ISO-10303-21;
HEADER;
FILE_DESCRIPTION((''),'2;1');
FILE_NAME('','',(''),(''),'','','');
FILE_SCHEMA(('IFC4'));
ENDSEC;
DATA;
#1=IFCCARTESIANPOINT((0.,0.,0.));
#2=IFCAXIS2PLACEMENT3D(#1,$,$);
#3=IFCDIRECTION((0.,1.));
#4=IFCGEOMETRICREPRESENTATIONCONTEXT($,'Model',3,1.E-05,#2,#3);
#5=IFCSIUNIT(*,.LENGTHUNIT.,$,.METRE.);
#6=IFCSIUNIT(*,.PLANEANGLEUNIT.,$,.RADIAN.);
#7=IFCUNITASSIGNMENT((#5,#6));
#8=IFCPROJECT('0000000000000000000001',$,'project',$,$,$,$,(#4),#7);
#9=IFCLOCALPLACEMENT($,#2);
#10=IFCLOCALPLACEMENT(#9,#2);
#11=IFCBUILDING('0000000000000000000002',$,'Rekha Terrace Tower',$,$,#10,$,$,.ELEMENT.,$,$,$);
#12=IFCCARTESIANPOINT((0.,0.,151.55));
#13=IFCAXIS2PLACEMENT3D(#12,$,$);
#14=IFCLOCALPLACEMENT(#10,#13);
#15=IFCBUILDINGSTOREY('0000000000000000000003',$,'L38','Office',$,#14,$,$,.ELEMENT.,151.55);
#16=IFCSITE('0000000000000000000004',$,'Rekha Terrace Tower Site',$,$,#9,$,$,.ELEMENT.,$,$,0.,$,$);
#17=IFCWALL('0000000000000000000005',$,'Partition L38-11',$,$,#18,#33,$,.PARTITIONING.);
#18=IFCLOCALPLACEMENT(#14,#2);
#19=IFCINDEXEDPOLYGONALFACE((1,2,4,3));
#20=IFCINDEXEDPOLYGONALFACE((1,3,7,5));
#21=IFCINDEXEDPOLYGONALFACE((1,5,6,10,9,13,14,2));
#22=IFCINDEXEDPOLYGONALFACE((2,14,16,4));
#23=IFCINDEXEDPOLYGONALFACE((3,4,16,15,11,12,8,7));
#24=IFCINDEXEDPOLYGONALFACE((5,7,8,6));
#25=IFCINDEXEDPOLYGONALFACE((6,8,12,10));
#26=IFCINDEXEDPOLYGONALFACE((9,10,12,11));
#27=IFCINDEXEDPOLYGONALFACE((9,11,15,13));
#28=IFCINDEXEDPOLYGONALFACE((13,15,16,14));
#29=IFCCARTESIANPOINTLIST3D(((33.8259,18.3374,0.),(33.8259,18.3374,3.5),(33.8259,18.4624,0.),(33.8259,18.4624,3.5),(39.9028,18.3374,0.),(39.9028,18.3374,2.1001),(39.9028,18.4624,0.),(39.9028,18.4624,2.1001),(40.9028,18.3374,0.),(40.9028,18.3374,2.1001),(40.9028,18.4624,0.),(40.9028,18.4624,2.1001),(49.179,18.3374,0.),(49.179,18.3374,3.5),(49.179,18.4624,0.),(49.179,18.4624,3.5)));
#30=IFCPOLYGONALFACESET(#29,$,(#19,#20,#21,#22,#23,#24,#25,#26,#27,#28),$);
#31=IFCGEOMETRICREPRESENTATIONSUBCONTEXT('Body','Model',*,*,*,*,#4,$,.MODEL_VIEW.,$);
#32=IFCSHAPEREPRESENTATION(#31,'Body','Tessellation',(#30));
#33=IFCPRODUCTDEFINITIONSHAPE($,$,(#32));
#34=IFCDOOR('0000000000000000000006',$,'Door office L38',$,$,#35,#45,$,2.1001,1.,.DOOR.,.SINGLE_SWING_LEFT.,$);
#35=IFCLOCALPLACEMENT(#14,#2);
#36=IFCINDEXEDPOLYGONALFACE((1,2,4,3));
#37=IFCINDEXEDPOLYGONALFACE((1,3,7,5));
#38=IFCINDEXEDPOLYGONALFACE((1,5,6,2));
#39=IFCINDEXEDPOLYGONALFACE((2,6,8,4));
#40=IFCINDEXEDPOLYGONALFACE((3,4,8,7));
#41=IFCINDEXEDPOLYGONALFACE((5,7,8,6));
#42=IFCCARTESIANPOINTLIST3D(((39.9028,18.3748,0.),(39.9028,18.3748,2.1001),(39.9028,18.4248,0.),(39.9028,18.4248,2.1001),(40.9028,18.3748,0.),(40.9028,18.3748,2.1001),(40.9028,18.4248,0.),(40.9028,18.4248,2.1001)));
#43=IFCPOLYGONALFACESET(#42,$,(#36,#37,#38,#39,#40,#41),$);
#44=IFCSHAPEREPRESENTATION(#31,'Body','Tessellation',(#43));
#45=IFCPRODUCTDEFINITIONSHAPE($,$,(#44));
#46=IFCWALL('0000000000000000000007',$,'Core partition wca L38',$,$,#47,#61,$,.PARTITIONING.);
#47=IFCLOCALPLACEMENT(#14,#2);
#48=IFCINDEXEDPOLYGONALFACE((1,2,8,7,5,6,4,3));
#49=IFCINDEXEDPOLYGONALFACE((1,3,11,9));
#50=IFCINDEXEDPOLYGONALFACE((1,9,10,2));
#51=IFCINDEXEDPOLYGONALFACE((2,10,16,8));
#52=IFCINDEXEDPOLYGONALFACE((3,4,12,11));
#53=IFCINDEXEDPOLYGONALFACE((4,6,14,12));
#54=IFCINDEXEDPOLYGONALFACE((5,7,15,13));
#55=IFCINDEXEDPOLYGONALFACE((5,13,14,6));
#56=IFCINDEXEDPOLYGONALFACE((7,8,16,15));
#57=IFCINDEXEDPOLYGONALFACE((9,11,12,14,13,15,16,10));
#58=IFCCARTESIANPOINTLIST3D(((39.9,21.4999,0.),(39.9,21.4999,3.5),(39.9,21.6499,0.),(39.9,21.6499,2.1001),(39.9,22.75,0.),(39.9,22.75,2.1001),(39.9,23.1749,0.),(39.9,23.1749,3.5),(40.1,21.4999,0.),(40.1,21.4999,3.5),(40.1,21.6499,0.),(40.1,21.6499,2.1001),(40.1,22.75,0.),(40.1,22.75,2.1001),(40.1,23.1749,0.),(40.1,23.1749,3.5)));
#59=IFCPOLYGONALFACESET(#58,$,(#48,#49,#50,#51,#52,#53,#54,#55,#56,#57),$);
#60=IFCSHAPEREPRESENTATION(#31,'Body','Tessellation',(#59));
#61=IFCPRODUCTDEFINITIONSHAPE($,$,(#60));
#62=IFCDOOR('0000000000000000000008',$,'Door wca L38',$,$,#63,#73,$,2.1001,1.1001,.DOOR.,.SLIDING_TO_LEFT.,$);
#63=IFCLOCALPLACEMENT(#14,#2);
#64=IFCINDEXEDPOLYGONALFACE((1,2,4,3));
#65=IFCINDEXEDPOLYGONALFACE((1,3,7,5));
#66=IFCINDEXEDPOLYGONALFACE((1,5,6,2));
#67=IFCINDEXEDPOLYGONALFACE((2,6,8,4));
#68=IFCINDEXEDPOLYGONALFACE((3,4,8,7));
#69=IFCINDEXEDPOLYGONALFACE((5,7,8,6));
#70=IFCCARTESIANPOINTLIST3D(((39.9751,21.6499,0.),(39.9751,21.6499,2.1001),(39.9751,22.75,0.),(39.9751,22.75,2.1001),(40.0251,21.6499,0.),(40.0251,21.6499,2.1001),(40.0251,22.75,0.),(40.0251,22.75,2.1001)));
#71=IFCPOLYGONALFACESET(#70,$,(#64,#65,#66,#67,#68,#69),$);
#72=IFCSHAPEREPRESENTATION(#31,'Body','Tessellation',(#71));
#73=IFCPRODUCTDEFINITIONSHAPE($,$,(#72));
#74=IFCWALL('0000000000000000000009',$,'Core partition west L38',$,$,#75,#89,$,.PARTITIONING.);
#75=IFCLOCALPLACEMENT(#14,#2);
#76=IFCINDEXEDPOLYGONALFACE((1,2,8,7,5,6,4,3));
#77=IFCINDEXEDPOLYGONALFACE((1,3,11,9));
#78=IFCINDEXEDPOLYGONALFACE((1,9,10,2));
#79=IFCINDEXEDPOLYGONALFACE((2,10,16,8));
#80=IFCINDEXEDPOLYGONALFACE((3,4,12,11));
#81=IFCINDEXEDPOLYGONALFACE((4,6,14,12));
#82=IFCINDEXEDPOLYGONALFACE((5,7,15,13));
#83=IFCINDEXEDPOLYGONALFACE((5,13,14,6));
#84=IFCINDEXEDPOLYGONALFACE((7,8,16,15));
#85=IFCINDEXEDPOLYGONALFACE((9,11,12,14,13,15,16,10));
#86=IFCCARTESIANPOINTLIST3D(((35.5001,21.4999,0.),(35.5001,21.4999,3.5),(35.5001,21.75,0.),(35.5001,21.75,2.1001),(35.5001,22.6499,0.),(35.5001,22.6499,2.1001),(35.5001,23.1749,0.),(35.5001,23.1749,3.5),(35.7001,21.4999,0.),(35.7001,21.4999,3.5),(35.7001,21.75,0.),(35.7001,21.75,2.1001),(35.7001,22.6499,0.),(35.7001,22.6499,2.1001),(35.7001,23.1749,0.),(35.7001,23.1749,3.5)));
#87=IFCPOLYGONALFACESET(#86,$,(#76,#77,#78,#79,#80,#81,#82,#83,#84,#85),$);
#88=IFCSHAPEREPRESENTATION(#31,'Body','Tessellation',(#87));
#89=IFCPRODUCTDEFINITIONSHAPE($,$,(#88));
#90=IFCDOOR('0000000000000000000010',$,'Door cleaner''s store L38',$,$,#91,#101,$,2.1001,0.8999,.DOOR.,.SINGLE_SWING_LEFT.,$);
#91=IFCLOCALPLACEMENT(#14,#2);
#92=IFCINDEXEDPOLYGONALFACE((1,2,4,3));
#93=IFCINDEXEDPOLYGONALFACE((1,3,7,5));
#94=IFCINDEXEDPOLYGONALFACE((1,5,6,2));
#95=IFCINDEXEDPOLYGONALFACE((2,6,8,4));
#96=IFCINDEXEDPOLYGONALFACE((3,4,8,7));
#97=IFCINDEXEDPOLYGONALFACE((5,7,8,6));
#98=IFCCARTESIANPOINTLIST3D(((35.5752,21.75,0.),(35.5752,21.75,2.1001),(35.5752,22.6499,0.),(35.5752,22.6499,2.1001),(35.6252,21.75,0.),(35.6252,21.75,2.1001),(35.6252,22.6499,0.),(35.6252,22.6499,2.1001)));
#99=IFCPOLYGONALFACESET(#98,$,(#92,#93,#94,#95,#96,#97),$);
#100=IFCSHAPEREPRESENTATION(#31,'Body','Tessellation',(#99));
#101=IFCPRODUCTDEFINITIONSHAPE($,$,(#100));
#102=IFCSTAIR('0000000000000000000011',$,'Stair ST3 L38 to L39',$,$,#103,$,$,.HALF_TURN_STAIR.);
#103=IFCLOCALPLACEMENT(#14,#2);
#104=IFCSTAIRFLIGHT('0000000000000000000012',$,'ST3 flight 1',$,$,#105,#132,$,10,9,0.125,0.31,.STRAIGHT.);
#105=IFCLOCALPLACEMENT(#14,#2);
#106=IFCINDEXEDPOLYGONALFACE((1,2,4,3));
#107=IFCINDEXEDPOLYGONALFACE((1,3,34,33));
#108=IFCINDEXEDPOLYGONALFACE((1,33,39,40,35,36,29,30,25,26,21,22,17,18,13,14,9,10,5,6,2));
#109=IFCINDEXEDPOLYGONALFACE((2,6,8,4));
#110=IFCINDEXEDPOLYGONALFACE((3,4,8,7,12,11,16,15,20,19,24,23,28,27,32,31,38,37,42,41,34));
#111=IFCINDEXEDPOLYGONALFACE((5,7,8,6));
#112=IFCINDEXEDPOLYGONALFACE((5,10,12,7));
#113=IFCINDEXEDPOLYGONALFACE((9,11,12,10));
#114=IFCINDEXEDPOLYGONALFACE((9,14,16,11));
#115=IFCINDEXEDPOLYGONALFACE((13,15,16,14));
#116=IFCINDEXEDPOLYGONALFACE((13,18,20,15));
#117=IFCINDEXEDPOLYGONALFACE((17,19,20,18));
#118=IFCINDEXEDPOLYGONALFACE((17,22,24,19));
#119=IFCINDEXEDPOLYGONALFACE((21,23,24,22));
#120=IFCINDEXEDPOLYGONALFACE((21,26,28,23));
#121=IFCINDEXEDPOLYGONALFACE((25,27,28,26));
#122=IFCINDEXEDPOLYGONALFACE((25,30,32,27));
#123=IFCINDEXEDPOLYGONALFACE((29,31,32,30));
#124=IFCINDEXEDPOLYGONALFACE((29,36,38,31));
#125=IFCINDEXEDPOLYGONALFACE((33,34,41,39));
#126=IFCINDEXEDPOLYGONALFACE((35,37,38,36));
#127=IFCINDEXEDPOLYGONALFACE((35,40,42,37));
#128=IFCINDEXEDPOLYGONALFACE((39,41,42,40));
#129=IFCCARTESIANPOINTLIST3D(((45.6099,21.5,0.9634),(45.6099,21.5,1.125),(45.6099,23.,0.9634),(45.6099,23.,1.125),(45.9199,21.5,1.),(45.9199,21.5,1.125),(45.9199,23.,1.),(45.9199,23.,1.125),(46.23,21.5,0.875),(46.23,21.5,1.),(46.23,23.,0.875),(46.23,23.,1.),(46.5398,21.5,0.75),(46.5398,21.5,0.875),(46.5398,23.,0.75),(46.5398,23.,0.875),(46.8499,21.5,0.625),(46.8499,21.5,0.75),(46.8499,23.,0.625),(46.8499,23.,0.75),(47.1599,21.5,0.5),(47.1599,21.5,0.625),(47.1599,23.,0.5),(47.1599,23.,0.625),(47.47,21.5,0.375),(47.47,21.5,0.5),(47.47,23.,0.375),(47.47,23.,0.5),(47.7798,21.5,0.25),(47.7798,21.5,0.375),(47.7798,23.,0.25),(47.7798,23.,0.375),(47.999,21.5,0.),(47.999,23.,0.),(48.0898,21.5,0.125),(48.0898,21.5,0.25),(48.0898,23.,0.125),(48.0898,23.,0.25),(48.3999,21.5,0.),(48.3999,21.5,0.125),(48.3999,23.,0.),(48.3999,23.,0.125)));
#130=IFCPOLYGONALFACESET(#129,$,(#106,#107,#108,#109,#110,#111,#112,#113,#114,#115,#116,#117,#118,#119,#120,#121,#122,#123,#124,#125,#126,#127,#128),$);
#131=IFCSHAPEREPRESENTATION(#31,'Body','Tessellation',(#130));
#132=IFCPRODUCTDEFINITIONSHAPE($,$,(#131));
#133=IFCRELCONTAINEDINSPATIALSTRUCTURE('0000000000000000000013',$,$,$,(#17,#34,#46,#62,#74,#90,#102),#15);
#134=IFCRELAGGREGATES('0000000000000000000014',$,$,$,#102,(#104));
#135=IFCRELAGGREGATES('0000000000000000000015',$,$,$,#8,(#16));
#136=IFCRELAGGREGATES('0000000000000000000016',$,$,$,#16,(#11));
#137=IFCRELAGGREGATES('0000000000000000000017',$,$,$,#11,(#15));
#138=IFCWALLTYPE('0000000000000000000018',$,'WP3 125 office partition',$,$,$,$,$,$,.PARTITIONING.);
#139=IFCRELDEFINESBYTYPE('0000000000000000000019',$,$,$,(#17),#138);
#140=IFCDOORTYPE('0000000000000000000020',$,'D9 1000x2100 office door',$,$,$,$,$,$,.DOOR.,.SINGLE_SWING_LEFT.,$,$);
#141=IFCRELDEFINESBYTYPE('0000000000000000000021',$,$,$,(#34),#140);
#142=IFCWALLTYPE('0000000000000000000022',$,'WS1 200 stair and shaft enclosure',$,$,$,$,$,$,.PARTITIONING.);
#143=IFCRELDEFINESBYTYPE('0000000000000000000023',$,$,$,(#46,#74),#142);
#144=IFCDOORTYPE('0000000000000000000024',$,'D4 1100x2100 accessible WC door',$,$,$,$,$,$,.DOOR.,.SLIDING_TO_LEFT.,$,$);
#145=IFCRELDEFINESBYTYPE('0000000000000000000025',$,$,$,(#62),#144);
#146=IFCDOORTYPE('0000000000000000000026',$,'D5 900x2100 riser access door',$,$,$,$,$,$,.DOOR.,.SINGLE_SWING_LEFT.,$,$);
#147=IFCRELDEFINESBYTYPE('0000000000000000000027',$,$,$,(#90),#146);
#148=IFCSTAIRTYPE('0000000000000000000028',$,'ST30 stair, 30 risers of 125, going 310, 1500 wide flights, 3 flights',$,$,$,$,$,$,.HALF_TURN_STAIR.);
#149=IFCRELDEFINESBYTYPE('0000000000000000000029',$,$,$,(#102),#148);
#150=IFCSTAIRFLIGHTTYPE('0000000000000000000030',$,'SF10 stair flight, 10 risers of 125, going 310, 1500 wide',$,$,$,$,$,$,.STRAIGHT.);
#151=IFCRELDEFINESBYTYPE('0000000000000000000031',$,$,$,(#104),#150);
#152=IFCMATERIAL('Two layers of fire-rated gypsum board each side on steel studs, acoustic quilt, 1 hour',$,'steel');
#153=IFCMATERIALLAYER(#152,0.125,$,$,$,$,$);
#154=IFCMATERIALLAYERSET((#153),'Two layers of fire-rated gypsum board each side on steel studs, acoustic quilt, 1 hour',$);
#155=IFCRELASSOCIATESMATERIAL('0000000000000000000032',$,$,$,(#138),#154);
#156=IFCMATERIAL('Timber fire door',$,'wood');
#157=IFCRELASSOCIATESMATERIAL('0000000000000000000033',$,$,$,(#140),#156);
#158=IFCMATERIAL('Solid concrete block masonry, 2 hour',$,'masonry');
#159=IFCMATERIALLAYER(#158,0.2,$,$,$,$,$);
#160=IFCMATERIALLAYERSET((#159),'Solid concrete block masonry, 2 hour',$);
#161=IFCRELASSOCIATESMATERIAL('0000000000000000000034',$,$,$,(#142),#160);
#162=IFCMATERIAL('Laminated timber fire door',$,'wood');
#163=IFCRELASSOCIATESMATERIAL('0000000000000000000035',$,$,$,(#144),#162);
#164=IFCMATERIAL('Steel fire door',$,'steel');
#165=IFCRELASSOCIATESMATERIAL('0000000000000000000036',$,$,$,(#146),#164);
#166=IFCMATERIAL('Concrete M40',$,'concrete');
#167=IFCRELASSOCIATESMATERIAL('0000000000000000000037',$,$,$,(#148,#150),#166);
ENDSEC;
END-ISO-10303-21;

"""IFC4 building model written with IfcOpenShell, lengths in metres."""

from ifc_helpers import new_model, si_unit, direction, frame, frame_2d, origin, place, context, subcontext, project, spatial, polyline, rectangle, outline, extrude, material, layer, layer_set, type_object, element, fill, aggregate, save


model = new_model("IFC4")

# Units and contexts
model_context = context("Model", 3, precision=1e-05, world=origin(), true_north=direction((0.0, 1.0)))
body_context = subcontext(model_context, "Body", "Model", "MODEL_VIEW")
ifc_project = project(units=[si_unit("LENGTHUNIT", "METRE"), si_unit("PLANEANGLEUNIT", "RADIAN")], contexts=[model_context])

# Site, building, storey
site_placement = place(None, origin())
site = spatial("IfcSite", under=ifc_project, at=site_placement, Name="Rekha Terrace Tower Site", CompositionType="ELEMENT", RefElevation=0.0)
building_placement = place(site_placement, origin())
building = spatial("IfcBuilding", under=site, at=building_placement, Name="Rekha Terrace Tower", CompositionType="ELEMENT")
storey_placement = place(building_placement, frame((0.0, 0.0, 151.55)))
storey = spatial("IfcBuildingStorey", under=building, at=storey_placement, Name="L38", Description="Office", CompositionType="ELEMENT", Elevation=151.55)

# Shared definitions
ifc_material_1 = material(Name="Two layers of fire-rated gypsum board each side on steel studs, acoustic quilt, 1 hour", Category="steel")
ifc_layer_1 = layer(ifc_material_1, 0.125)
ifc_layer_set_1 = layer_set([ifc_layer_1], Name="Two layers of fire-rated gypsum board each side on steel studs, acoustic quilt, 1 hour")
wall_type_1 = type_object("IfcWallType", Name="WP3 125 office partition", PredefinedType="PARTITIONING", material=ifc_layer_set_1)

# Walls, openings, doors
wall_1_placement = place(storey_placement, frame((33.8259, 18.3999, 0.0), z_axis=(0.0, 0.0, 1.0), x_axis=(1.0, 0.0, 0.0)))
wall_1 = element("IfcWall", 1, at=wall_1_placement, inside=storey, type_object=wall_type_1, Name="Partition L38-11", PredefinedType="PARTITIONING", context=body_context, shape_type="SweptSolid", body=[
    extrude(rectangle(XDim=15.353, YDim=0.125, at=frame_2d((7.6765, 0.0))), origin(), (0.0, 0.0, 1.0), 3.5),
])
opening_1_placement = place(wall_1_placement, frame((6.0769, 0.0, 0.0)))
opening_1 = element("IfcOpeningElement", 2, at=opening_1_placement, cuts=wall_1, PredefinedType="OPENING", context=body_context, shape_type="SweptSolid", body=[
    extrude(rectangle(XDim=1.0, YDim=2.1001, at=frame_2d((0.5, 1.05))), frame((0.0, 0.0725, 0.0), z_axis=(0.0, -1.0, 0.0), x_axis=(1.0, 0.0, 0.0)), (0.0, 0.0, 1.0), 0.145),
])
ifc_material_2 = material(Name="Timber fire door", Category="wood")
door_type_1 = type_object("IfcDoorType", Name="D9 1000x2100 office door", OperationType="SINGLE_SWING_LEFT", PredefinedType="DOOR", material=ifc_material_2)
door_1_placement = place(opening_1_placement, origin())
door_1 = element("IfcDoor", 3, at=door_1_placement, inside=storey, type_object=door_type_1, Name="Door office L38", OperationType="SINGLE_SWING_LEFT", OverallHeight=2.1001, OverallWidth=1.0, PredefinedType="DOOR", context=body_context, shape_type="SweptSolid", body=[
    extrude(rectangle(XDim=1.0, YDim=2.1001, at=frame_2d((0.5, 1.05))), frame((0.0, 0.0249, 0.0), z_axis=(0.0, -1.0, 0.0), x_axis=(1.0, 0.0, 0.0)), (0.0, 0.0, 1.0), 0.05),
])
fill(opening_1, door_1)
ifc_material_3 = material(Name="Solid concrete block masonry, 2 hour", Category="masonry")
ifc_layer_2 = layer(ifc_material_3, 0.2)
ifc_layer_set_2 = layer_set([ifc_layer_2], Name="Solid concrete block masonry, 2 hour")
wall_type_2 = type_object("IfcWallType", Name="WS1 200 stair and shaft enclosure", PredefinedType="PARTITIONING", material=ifc_layer_set_2)
wall_2_placement = place(storey_placement, frame((40.0, 21.5, 0.0), z_axis=(0.0, 0.0, 1.0), x_axis=(0.0, 1.0, 0.0)))
wall_2 = element("IfcWall", 4, at=wall_2_placement, inside=storey, type_object=wall_type_2, Name="Core partition wca L38", PredefinedType="PARTITIONING", context=body_context, shape_type="SweptSolid", body=[
    extrude(rectangle(XDim=1.675, YDim=0.2, at=frame_2d((0.8374, 0.0))), origin(), (0.0, 0.0, 1.0), 3.5),
])
opening_2_placement = place(wall_2_placement, frame((0.1499, 0.0, 0.0)))
opening_2 = element("IfcOpeningElement", 5, at=opening_2_placement, cuts=wall_2, PredefinedType="OPENING", context=body_context, shape_type="SweptSolid", body=[
    extrude(rectangle(XDim=1.1001, YDim=2.1001, at=frame_2d((0.55, 1.05))), frame((0.0, 0.1099, 0.0), z_axis=(0.0, -1.0, 0.0), x_axis=(1.0, 0.0, 0.0)), (0.0, 0.0, 1.0), 0.22),
])
ifc_material_4 = material(Name="Laminated timber fire door", Category="wood")
door_type_2 = type_object("IfcDoorType", Name="D4 1100x2100 accessible WC door", OperationType="SLIDING_TO_LEFT", PredefinedType="DOOR", material=ifc_material_4)
door_2_placement = place(opening_2_placement, origin())
door_2 = element("IfcDoor", 6, at=door_2_placement, inside=storey, type_object=door_type_2, Name="Door wca L38", OperationType="SLIDING_TO_LEFT", OverallHeight=2.1001, OverallWidth=1.1001, PredefinedType="DOOR", context=body_context, shape_type="SweptSolid", body=[
    extrude(rectangle(XDim=1.1001, YDim=2.1001, at=frame_2d((0.55, 1.05))), frame((0.0, 0.0249, 0.0), z_axis=(0.0, -1.0, 0.0), x_axis=(1.0, 0.0, 0.0)), (0.0, 0.0, 1.0), 0.05),
])
fill(opening_2, door_2)
wall_3_placement = place(storey_placement, frame((35.6001, 21.5, 0.0), z_axis=(0.0, 0.0, 1.0), x_axis=(0.0, 1.0, 0.0)))
wall_3 = element("IfcWall", 7, at=wall_3_placement, inside=storey, type_object=wall_type_2, Name="Core partition west L38", PredefinedType="PARTITIONING", context=body_context, shape_type="SweptSolid", body=[
    extrude(rectangle(XDim=1.675, YDim=0.2, at=frame_2d((0.8374, 0.0))), origin(), (0.0, 0.0, 1.0), 3.5),
])
opening_3_placement = place(wall_3_placement, frame((0.25, 0.0, 0.0)))
opening_3 = element("IfcOpeningElement", 8, at=opening_3_placement, cuts=wall_3, PredefinedType="OPENING", context=body_context, shape_type="SweptSolid", body=[
    extrude(rectangle(XDim=0.8999, YDim=2.1001, at=frame_2d((0.45, 1.05))), frame((0.0, 0.1099, 0.0), z_axis=(0.0, -1.0, 0.0), x_axis=(1.0, 0.0, 0.0)), (0.0, 0.0, 1.0), 0.22),
])
ifc_material_5 = material(Name="Steel fire door", Category="steel")
door_type_3 = type_object("IfcDoorType", Name="D5 900x2100 riser access door", OperationType="SINGLE_SWING_LEFT", PredefinedType="DOOR", material=ifc_material_5)
door_3_placement = place(opening_3_placement, origin())
door_3 = element("IfcDoor", 9, at=door_3_placement, inside=storey, type_object=door_type_3, Name="Door cleaner's store L38", OperationType="SINGLE_SWING_LEFT", OverallHeight=2.1001, OverallWidth=0.8999, PredefinedType="DOOR", context=body_context, shape_type="SweptSolid", body=[
    extrude(rectangle(XDim=0.8999, YDim=2.1001, at=frame_2d((0.45, 1.05))), frame((0.0, 0.0249, 0.0), z_axis=(0.0, -1.0, 0.0), x_axis=(1.0, 0.0, 0.0)), (0.0, 0.0, 1.0), 0.05),
])
fill(opening_3, door_3)

# Stair, stair flight
ifc_material_6 = material(Name="Concrete M40", Category="concrete")
stair_type = type_object("IfcStairType", Name="ST30 stair, 30 risers of 125, going 310, 1500 wide flights, 3 flights", PredefinedType="HALF_TURN_STAIR", material=ifc_material_6)
stair_placement = place(storey_placement, origin())
stair = element("IfcStair", 10, at=stair_placement, inside=storey, type_object=stair_type, Name="Stair ST3 L38 to L39", PredefinedType="HALF_TURN_STAIR")
stair_flight_type = type_object("IfcStairFlightType", Name="SF10 stair flight, 10 risers of 125, going 310, 1500 wide", PredefinedType="STRAIGHT", material=ifc_material_6)
stair_flight_placement = place(storey_placement, frame((48.3999, 22.25, 0.0), z_axis=(0.0, 0.0, 1.0), x_axis=(-1.0, 0.0, 0.0)))
stair_flight = element("IfcStairFlight", 11, at=stair_flight_placement, type_object=stair_flight_type, Name="ST3 flight 1", NumberOfRisers=10, NumberOfTreads=9, PredefinedType="STRAIGHT", RiserHeight=0.125, TreadLength=0.31, context=body_context, shape_type="SweptSolid", body=[
    extrude(outline(polyline([(0.0, 0.0), (0.0, 0.125), (0.3101, 0.125), (0.3101, 0.25), (0.6201, 0.25), (0.6201, 0.375), (0.9299, 0.375), (0.9299, 0.5), (1.24, 0.5), (1.24, 0.625), (1.55, 0.625), (1.55, 0.75), (1.8601, 0.75), (1.8601, 0.875), (2.1699, 0.875), (2.1699, 1.0), (2.48, 1.0), (2.48, 1.125), (2.79, 1.125), (2.79, 1.25), (2.79, 0.9634), (0.4009, 0.0), (0.0, 0.0)])), frame((0.0, 0.75, 0.0), z_axis=(0.0, -1.0, 0.0), x_axis=(1.0, 0.0, 0.0)), (0.0, 0.0, 1.0), 1.5),
])
aggregate(stair, [stair_flight])

save(model, "model.ifc")
